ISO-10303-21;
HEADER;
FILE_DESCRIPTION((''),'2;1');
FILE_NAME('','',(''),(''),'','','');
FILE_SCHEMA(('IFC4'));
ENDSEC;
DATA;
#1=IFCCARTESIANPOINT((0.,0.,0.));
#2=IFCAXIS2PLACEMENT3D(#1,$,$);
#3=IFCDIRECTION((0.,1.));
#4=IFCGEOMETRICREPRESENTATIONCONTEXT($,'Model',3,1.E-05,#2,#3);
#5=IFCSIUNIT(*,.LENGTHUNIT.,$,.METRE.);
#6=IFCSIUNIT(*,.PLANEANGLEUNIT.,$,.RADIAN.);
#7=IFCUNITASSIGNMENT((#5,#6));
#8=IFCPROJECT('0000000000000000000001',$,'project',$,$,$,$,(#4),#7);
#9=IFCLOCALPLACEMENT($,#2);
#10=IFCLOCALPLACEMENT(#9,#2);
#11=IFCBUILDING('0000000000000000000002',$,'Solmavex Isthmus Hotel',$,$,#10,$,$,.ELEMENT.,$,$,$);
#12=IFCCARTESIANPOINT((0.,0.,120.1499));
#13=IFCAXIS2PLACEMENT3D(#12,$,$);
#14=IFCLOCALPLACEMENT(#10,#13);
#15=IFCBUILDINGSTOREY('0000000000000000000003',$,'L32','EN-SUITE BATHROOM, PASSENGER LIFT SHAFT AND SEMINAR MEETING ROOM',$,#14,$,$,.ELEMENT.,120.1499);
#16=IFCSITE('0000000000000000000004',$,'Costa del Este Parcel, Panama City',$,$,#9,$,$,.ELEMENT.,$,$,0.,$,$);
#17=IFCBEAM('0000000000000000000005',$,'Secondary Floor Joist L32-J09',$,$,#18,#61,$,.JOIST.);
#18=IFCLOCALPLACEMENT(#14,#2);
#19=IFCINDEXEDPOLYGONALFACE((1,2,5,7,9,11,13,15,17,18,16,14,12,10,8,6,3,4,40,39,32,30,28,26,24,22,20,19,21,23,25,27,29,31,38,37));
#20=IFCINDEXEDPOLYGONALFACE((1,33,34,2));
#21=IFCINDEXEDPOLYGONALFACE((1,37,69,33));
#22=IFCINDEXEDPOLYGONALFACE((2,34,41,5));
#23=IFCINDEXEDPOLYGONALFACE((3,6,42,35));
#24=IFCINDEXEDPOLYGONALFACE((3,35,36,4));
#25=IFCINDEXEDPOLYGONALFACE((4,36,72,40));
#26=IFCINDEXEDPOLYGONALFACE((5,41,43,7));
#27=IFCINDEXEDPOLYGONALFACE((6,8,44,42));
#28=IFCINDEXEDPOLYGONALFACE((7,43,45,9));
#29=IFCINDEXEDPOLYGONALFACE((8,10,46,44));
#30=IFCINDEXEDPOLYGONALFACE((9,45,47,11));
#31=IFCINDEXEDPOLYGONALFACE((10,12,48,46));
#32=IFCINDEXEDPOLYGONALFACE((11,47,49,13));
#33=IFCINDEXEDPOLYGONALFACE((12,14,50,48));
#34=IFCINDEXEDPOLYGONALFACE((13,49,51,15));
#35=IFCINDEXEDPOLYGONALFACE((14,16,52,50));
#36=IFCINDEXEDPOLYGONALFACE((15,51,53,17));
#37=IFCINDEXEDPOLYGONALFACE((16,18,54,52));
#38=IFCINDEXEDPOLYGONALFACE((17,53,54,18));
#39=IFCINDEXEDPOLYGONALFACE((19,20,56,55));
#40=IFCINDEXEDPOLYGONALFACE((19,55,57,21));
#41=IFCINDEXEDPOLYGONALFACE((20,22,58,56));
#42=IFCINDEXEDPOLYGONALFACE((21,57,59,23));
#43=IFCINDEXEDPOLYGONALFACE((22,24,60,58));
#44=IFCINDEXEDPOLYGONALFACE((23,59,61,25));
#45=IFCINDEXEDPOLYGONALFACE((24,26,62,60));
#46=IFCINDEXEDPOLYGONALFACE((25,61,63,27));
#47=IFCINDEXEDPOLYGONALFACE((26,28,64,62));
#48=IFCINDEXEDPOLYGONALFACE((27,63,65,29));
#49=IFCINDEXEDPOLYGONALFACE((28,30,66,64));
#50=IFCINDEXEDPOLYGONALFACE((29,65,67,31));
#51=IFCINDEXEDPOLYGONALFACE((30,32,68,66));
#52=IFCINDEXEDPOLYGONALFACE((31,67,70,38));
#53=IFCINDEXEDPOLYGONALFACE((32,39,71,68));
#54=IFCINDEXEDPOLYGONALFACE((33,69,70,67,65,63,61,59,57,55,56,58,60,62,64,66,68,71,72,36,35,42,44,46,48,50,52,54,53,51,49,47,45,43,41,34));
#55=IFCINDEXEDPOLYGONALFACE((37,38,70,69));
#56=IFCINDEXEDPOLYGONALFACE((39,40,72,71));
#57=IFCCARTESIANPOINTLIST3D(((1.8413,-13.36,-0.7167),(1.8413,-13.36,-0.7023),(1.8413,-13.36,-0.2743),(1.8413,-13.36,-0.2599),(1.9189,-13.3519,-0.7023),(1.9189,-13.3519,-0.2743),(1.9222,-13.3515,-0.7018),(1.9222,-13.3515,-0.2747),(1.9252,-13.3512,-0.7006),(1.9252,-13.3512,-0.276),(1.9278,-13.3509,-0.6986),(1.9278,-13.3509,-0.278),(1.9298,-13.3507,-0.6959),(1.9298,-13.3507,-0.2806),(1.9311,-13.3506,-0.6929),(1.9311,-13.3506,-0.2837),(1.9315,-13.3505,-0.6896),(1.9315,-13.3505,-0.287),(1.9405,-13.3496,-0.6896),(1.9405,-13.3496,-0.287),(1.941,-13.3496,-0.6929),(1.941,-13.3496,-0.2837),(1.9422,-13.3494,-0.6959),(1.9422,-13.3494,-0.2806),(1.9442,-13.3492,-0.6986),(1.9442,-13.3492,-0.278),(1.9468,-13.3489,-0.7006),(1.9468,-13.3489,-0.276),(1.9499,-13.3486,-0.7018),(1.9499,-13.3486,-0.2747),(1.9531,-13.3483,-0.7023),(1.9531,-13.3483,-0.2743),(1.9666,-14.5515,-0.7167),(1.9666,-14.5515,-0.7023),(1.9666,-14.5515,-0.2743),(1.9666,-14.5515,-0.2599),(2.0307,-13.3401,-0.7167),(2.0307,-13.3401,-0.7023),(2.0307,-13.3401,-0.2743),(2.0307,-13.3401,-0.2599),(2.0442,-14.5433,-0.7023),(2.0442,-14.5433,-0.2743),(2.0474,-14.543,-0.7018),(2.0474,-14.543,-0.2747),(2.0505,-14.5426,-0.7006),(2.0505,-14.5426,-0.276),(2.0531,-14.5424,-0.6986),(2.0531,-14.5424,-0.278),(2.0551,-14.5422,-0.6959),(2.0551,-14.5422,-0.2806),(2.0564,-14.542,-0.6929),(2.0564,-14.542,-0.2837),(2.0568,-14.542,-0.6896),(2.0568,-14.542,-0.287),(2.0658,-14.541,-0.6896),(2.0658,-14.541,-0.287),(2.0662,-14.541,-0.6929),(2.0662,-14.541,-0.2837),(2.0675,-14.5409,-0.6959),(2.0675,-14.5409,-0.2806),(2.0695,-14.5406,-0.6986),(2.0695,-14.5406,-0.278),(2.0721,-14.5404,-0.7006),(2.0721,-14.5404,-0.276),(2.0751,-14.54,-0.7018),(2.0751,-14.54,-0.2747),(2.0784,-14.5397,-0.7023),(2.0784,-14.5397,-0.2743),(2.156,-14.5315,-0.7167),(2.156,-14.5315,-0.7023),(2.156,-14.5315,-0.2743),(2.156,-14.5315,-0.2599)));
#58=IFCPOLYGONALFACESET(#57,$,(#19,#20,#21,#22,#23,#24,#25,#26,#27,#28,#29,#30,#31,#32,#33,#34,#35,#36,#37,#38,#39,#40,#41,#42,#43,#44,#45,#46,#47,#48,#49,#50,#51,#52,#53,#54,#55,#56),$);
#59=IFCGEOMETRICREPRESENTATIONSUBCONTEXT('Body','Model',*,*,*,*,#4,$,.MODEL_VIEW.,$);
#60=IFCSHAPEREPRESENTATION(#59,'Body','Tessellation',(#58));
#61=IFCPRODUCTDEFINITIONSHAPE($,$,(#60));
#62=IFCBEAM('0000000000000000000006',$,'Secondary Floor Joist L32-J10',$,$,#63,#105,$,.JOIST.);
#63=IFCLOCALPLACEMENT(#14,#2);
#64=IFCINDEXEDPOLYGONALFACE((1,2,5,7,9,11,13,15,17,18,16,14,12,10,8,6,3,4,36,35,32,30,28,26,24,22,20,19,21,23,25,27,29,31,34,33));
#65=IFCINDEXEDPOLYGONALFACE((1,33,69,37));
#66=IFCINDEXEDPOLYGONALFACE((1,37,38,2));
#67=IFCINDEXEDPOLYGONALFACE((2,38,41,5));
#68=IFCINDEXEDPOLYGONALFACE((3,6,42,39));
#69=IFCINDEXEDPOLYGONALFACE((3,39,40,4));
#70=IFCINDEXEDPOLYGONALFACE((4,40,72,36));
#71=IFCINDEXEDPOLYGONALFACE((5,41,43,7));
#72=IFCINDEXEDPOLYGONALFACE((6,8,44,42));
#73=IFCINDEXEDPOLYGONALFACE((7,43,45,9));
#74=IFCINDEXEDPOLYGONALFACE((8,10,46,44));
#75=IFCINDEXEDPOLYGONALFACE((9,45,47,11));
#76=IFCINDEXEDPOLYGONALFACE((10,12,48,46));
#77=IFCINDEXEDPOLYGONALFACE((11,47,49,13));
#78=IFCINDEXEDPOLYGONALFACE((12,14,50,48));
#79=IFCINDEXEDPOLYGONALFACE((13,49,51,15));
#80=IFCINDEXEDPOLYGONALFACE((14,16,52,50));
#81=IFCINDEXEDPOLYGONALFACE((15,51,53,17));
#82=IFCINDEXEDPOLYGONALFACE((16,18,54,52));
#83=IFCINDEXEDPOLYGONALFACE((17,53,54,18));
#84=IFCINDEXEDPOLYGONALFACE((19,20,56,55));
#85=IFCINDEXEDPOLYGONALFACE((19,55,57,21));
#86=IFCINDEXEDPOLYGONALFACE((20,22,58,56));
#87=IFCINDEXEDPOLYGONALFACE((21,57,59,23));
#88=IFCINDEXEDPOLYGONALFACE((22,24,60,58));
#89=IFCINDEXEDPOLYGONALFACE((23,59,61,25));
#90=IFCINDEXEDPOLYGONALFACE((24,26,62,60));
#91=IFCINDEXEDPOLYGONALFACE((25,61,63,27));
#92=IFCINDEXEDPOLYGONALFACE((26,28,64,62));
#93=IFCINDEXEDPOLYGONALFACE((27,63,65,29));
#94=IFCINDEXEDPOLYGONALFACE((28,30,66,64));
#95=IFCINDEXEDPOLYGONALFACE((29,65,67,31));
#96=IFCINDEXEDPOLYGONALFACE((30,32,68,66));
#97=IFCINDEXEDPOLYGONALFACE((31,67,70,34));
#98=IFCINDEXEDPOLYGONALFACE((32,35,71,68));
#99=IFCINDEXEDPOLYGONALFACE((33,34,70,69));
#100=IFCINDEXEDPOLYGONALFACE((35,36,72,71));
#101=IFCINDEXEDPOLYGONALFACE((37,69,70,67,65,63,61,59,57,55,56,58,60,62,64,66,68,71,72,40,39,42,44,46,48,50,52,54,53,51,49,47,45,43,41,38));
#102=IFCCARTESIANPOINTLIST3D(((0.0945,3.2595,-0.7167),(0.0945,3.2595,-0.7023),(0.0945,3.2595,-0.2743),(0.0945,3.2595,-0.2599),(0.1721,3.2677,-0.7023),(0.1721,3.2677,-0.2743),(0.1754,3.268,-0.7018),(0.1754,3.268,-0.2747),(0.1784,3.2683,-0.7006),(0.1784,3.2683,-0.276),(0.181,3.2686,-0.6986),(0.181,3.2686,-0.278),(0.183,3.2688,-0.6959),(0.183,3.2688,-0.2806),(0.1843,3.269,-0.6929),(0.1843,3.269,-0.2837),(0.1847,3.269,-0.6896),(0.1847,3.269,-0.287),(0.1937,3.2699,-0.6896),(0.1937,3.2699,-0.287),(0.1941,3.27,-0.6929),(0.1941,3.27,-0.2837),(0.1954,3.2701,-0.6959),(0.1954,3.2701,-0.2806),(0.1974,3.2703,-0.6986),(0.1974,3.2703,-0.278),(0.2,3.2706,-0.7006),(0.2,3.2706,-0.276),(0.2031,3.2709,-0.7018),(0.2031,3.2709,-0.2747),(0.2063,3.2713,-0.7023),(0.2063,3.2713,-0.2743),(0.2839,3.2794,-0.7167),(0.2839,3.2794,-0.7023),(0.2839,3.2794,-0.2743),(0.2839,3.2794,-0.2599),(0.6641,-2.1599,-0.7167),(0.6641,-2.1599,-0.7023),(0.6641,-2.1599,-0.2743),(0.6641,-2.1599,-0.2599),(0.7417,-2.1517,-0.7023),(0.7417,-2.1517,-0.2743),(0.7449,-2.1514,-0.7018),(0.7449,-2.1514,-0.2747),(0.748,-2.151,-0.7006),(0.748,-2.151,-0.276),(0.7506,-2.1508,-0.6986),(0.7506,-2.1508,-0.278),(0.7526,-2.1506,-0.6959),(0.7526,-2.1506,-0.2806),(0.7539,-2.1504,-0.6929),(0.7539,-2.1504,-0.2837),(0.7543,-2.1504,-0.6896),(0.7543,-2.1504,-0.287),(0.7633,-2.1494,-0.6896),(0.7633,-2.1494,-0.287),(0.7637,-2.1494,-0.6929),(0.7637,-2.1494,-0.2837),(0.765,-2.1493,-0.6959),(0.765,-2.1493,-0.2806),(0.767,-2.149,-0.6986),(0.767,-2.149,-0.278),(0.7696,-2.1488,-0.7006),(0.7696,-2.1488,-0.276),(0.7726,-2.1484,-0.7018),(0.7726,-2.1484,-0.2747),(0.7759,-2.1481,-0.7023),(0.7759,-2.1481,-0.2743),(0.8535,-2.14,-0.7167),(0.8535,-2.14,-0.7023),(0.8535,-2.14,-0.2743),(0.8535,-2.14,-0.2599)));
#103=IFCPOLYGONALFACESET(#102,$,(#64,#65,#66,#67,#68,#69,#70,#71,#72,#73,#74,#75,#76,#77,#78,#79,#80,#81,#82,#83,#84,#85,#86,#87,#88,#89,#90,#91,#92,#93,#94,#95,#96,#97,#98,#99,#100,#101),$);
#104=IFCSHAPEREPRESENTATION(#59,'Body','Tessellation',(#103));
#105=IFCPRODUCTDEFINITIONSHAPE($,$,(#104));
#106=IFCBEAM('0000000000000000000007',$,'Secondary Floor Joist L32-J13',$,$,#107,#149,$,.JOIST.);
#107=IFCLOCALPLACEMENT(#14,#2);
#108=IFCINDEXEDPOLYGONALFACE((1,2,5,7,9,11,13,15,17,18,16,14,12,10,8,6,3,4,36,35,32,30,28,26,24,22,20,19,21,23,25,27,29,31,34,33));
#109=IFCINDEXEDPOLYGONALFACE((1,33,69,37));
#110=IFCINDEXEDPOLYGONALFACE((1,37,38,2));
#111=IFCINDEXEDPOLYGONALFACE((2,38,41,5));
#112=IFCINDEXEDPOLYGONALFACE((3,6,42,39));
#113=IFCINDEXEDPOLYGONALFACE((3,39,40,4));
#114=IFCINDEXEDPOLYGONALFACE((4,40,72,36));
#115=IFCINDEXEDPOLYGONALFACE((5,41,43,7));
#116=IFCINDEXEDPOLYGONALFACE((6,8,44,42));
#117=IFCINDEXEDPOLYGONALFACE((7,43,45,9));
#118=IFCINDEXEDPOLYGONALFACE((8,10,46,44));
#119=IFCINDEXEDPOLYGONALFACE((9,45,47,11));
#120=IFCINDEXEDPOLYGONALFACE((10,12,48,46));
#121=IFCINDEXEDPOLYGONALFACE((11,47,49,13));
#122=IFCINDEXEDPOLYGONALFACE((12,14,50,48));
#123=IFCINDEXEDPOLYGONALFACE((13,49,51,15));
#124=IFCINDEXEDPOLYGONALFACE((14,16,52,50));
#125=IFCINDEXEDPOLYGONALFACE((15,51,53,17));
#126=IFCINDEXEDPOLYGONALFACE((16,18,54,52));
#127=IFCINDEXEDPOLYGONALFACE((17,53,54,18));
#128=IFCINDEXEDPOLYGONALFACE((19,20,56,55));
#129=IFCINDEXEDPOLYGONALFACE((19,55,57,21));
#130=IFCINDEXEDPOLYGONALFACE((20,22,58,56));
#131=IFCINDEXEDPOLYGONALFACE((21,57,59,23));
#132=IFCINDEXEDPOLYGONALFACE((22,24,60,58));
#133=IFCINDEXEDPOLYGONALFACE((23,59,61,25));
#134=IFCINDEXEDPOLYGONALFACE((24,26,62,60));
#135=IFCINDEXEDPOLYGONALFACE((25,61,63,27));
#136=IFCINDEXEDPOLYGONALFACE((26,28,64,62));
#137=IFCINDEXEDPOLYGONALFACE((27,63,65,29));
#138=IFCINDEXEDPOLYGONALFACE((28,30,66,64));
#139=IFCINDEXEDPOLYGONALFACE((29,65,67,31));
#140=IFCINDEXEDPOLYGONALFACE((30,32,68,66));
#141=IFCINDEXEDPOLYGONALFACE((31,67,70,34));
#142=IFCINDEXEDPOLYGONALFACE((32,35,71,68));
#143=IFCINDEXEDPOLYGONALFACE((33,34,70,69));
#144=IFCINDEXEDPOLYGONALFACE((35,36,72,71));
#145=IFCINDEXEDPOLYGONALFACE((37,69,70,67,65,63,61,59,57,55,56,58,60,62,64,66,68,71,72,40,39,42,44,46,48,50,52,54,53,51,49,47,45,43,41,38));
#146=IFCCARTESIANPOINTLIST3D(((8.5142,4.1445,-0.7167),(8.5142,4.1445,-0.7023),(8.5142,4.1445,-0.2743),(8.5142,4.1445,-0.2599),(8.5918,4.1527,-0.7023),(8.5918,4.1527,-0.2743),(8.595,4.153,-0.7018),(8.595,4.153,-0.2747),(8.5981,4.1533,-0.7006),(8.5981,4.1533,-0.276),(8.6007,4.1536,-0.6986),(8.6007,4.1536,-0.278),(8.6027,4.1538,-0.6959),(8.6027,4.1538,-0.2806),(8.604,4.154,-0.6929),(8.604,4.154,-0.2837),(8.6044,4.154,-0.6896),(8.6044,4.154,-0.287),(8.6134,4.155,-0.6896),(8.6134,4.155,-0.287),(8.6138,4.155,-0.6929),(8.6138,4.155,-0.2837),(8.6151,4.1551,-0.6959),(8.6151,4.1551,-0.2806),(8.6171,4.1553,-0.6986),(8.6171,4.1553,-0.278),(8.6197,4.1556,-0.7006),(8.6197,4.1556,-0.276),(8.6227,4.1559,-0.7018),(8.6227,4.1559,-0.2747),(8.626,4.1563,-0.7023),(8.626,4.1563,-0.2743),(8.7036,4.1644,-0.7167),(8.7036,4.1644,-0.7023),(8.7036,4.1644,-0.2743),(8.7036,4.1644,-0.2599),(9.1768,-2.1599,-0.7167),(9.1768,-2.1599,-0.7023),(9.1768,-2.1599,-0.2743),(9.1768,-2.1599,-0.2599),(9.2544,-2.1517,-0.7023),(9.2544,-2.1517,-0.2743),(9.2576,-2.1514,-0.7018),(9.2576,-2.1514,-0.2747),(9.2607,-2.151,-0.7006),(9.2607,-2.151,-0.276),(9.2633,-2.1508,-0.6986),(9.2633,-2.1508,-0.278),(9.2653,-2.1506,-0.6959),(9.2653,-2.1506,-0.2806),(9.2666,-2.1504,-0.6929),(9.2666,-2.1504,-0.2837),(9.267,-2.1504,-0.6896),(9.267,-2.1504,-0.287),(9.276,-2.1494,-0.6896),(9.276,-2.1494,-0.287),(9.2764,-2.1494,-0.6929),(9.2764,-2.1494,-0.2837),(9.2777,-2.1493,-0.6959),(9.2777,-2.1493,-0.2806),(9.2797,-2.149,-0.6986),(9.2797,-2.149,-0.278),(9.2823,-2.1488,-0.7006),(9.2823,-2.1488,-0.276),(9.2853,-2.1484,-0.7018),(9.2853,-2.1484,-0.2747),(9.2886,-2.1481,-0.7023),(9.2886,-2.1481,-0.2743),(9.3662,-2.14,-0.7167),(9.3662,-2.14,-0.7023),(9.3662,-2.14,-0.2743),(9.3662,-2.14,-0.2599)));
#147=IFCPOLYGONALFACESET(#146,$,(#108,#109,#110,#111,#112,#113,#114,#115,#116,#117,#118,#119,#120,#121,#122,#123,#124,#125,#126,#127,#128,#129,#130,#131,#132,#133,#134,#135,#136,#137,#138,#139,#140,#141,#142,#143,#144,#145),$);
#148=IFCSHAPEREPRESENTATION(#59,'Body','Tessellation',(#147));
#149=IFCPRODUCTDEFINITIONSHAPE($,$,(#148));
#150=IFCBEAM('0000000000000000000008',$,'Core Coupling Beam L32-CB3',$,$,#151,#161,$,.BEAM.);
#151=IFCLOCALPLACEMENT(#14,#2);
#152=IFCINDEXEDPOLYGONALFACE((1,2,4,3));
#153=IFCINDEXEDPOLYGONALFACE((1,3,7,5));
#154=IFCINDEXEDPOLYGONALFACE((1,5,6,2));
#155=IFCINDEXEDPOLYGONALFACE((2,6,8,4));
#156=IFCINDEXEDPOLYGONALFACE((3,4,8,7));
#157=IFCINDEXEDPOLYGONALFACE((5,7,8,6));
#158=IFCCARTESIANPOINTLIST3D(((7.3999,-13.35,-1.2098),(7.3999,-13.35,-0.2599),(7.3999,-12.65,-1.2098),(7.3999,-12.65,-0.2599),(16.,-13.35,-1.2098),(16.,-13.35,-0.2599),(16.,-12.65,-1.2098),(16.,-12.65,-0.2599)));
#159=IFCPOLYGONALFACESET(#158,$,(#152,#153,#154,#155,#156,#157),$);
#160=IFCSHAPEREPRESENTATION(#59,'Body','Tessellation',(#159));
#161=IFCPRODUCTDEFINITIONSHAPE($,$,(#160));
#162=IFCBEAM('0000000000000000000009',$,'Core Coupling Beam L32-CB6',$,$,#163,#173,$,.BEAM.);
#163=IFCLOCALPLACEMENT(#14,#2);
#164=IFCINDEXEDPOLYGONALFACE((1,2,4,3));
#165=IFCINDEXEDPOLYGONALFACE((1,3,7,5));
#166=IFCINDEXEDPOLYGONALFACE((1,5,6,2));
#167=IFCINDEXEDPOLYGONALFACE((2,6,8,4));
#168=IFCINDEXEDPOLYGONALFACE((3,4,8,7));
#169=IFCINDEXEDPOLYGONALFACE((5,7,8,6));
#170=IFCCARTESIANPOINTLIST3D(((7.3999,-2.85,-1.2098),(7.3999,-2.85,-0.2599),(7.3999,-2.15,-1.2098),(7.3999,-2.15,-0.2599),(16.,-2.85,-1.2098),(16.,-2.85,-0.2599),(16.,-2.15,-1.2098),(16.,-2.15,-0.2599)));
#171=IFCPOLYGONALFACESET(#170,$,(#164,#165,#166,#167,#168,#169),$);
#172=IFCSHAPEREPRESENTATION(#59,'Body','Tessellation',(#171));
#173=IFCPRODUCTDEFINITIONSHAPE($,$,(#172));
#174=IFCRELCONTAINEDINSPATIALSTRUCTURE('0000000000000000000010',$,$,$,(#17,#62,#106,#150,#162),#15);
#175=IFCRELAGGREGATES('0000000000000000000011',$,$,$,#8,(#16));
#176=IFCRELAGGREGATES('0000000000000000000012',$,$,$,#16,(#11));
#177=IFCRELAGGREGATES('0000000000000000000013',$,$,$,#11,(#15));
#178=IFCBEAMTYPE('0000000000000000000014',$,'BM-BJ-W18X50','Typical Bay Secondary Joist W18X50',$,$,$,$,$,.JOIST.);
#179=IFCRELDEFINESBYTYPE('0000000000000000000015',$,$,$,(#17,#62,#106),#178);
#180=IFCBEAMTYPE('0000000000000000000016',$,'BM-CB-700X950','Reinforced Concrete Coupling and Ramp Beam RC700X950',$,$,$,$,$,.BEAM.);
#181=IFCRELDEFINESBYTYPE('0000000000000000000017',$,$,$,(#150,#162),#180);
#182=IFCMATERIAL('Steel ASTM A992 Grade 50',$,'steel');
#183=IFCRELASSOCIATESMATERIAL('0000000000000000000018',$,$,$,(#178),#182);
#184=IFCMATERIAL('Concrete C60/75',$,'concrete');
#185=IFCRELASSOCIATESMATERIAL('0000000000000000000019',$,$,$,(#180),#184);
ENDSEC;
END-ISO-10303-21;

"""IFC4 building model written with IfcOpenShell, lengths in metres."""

from ifc_helpers import new_model, si_unit, direction, frame, origin, origin_2d, place, context, subcontext, project, spatial, rectangle, i_section, extrude, material, material_profile, profile_set, type_object, element, save


model = new_model("IFC4")

# Units and contexts
model_context = context("Model", 3, precision=1e-05, world=origin(), true_north=direction((0.0, 1.0)))
body_context = subcontext(model_context, "Body", "Model", "MODEL_VIEW")
ifc_project = project(units=[si_unit("LENGTHUNIT", "METRE"), si_unit("PLANEANGLEUNIT", "RADIAN")], contexts=[model_context])

# Site, building, storey
site_placement = place(None, origin())
site = spatial("IfcSite", under=ifc_project, at=site_placement, Name="Costa del Este Parcel, Panama City", CompositionType="ELEMENT", RefElevation=0.0)
building_placement = place(site_placement, origin())
building = spatial("IfcBuilding", under=site, at=building_placement, Name="Solmavex Isthmus Hotel", CompositionType="ELEMENT")
storey_placement = place(building_placement, frame((0.0, 0.0, 120.1499)))
storey = spatial("IfcBuildingStorey", under=building, at=storey_placement, Name="L32", Description="EN-SUITE BATHROOM, PASSENGER LIFT SHAFT AND SEMINAR MEETING ROOM", CompositionType="ELEMENT", Elevation=120.1499)

# Shared definitions
ifc_material_1 = material(Name="Concrete C60/75", Category="concrete")

# Beams
ifc_material_2 = material(Name="Steel ASTM A992 Grade 50", Category="steel")
ifc_material_profile_1 = material_profile(ifc_material_2, i_section(OverallWidth=0.1904, OverallDepth=0.4568, WebThickness=0.009, FlangeThickness=0.0144, FilletRadius=0.0127, at=origin_2d()), Name="W18X50")
ifc_profile_set_1 = profile_set([ifc_material_profile_1], Name="Steel ASTM A992 Grade 50")
beam_type_1 = type_object("IfcBeamType", Name="BM-BJ-W18X50", Description="Typical Bay Secondary Joist W18X50", PredefinedType="JOIST", material=ifc_profile_set_1)
beam_1_placement = place(storey_placement, frame((2.0613, -14.5415, -0.4883), z_axis=(-0.104547, 0.99452, 0.0), x_axis=(-0.99452, -0.104547, 0.0)))
element("IfcBeam", 1, at=beam_1_placement, inside=storey, type_object=beam_type_1, Name="Secondary Floor Joist L32-J09", PredefinedType="JOIST", context=body_context, shape_type="SweptSolid", body=[
    extrude(i_section(OverallWidth=0.1904, OverallDepth=0.4568, WebThickness=0.009, FlangeThickness=0.0144, FilletRadius=0.0127, at=origin_2d()), origin(), (0.0, 0.0, 1.0), 1.198),
])
beam_2_placement = place(storey_placement, frame((0.7588, -2.1499, -0.4883), z_axis=(-0.104524, 0.994522, 0.0), x_axis=(-0.994522, -0.104524, 0.0)))
element("IfcBeam", 2, at=beam_2_placement, inside=storey, type_object=beam_type_1, Name="Secondary Floor Joist L32-J10", PredefinedType="JOIST", context=body_context, shape_type="SweptSolid", body=[
    extrude(i_section(OverallWidth=0.1904, OverallDepth=0.4568, WebThickness=0.009, FlangeThickness=0.0144, FilletRadius=0.0127, at=origin_2d()), origin(), (0.0, 0.0, 1.0), 5.4492),
])
beam_3_placement = place(storey_placement, frame((9.2715, -2.1499, -0.4883), z_axis=(-0.104524, 0.994522, 0.0), x_axis=(-0.994522, -0.104524, 0.0)))
element("IfcBeam", 3, at=beam_3_placement, inside=storey, type_object=beam_type_1, Name="Secondary Floor Joist L32-J13", PredefinedType="JOIST", context=body_context, shape_type="SweptSolid", body=[
    extrude(i_section(OverallWidth=0.1904, OverallDepth=0.4568, WebThickness=0.009, FlangeThickness=0.0144, FilletRadius=0.0127, at=origin_2d()), origin(), (0.0, 0.0, 1.0), 6.3391),
])
ifc_material_profile_2 = material_profile(ifc_material_1, rectangle(XDim=0.7, YDim=0.95, at=origin_2d()), Name="RC700X950")
ifc_profile_set_2 = profile_set([ifc_material_profile_2], Name="Concrete C60/75")
beam_type_2 = type_object("IfcBeamType", Name="BM-CB-700X950", Description="Reinforced Concrete Coupling and Ramp Beam RC700X950", PredefinedType="BEAM", material=ifc_profile_set_2)
for number, where, z_axis, x_axis, name in (
    (4, (7.3999, -13.0, -0.7349), (1.0, 0.0, 0.0), (0.0, 1.0, 0.0), "Core Coupling Beam L32-CB3"),
    (5, (7.3999, -2.5, -0.7349), (1.0, 0.0, 0.0), (0.0, 1.0, 0.0), "Core Coupling Beam L32-CB6"),
):
    element("IfcBeam", number, at=place(storey_placement, frame(where, z_axis=z_axis, x_axis=x_axis)), inside=storey, type_object=beam_type_2, Name=name, PredefinedType="BEAM", context=body_context, shape_type="SweptSolid", body=[
        extrude(rectangle(XDim=0.7, YDim=0.95, at=origin_2d()), origin(), (0.0, 0.0, 1.0), 8.6001),
    ])

save(model, "model.ifc")
